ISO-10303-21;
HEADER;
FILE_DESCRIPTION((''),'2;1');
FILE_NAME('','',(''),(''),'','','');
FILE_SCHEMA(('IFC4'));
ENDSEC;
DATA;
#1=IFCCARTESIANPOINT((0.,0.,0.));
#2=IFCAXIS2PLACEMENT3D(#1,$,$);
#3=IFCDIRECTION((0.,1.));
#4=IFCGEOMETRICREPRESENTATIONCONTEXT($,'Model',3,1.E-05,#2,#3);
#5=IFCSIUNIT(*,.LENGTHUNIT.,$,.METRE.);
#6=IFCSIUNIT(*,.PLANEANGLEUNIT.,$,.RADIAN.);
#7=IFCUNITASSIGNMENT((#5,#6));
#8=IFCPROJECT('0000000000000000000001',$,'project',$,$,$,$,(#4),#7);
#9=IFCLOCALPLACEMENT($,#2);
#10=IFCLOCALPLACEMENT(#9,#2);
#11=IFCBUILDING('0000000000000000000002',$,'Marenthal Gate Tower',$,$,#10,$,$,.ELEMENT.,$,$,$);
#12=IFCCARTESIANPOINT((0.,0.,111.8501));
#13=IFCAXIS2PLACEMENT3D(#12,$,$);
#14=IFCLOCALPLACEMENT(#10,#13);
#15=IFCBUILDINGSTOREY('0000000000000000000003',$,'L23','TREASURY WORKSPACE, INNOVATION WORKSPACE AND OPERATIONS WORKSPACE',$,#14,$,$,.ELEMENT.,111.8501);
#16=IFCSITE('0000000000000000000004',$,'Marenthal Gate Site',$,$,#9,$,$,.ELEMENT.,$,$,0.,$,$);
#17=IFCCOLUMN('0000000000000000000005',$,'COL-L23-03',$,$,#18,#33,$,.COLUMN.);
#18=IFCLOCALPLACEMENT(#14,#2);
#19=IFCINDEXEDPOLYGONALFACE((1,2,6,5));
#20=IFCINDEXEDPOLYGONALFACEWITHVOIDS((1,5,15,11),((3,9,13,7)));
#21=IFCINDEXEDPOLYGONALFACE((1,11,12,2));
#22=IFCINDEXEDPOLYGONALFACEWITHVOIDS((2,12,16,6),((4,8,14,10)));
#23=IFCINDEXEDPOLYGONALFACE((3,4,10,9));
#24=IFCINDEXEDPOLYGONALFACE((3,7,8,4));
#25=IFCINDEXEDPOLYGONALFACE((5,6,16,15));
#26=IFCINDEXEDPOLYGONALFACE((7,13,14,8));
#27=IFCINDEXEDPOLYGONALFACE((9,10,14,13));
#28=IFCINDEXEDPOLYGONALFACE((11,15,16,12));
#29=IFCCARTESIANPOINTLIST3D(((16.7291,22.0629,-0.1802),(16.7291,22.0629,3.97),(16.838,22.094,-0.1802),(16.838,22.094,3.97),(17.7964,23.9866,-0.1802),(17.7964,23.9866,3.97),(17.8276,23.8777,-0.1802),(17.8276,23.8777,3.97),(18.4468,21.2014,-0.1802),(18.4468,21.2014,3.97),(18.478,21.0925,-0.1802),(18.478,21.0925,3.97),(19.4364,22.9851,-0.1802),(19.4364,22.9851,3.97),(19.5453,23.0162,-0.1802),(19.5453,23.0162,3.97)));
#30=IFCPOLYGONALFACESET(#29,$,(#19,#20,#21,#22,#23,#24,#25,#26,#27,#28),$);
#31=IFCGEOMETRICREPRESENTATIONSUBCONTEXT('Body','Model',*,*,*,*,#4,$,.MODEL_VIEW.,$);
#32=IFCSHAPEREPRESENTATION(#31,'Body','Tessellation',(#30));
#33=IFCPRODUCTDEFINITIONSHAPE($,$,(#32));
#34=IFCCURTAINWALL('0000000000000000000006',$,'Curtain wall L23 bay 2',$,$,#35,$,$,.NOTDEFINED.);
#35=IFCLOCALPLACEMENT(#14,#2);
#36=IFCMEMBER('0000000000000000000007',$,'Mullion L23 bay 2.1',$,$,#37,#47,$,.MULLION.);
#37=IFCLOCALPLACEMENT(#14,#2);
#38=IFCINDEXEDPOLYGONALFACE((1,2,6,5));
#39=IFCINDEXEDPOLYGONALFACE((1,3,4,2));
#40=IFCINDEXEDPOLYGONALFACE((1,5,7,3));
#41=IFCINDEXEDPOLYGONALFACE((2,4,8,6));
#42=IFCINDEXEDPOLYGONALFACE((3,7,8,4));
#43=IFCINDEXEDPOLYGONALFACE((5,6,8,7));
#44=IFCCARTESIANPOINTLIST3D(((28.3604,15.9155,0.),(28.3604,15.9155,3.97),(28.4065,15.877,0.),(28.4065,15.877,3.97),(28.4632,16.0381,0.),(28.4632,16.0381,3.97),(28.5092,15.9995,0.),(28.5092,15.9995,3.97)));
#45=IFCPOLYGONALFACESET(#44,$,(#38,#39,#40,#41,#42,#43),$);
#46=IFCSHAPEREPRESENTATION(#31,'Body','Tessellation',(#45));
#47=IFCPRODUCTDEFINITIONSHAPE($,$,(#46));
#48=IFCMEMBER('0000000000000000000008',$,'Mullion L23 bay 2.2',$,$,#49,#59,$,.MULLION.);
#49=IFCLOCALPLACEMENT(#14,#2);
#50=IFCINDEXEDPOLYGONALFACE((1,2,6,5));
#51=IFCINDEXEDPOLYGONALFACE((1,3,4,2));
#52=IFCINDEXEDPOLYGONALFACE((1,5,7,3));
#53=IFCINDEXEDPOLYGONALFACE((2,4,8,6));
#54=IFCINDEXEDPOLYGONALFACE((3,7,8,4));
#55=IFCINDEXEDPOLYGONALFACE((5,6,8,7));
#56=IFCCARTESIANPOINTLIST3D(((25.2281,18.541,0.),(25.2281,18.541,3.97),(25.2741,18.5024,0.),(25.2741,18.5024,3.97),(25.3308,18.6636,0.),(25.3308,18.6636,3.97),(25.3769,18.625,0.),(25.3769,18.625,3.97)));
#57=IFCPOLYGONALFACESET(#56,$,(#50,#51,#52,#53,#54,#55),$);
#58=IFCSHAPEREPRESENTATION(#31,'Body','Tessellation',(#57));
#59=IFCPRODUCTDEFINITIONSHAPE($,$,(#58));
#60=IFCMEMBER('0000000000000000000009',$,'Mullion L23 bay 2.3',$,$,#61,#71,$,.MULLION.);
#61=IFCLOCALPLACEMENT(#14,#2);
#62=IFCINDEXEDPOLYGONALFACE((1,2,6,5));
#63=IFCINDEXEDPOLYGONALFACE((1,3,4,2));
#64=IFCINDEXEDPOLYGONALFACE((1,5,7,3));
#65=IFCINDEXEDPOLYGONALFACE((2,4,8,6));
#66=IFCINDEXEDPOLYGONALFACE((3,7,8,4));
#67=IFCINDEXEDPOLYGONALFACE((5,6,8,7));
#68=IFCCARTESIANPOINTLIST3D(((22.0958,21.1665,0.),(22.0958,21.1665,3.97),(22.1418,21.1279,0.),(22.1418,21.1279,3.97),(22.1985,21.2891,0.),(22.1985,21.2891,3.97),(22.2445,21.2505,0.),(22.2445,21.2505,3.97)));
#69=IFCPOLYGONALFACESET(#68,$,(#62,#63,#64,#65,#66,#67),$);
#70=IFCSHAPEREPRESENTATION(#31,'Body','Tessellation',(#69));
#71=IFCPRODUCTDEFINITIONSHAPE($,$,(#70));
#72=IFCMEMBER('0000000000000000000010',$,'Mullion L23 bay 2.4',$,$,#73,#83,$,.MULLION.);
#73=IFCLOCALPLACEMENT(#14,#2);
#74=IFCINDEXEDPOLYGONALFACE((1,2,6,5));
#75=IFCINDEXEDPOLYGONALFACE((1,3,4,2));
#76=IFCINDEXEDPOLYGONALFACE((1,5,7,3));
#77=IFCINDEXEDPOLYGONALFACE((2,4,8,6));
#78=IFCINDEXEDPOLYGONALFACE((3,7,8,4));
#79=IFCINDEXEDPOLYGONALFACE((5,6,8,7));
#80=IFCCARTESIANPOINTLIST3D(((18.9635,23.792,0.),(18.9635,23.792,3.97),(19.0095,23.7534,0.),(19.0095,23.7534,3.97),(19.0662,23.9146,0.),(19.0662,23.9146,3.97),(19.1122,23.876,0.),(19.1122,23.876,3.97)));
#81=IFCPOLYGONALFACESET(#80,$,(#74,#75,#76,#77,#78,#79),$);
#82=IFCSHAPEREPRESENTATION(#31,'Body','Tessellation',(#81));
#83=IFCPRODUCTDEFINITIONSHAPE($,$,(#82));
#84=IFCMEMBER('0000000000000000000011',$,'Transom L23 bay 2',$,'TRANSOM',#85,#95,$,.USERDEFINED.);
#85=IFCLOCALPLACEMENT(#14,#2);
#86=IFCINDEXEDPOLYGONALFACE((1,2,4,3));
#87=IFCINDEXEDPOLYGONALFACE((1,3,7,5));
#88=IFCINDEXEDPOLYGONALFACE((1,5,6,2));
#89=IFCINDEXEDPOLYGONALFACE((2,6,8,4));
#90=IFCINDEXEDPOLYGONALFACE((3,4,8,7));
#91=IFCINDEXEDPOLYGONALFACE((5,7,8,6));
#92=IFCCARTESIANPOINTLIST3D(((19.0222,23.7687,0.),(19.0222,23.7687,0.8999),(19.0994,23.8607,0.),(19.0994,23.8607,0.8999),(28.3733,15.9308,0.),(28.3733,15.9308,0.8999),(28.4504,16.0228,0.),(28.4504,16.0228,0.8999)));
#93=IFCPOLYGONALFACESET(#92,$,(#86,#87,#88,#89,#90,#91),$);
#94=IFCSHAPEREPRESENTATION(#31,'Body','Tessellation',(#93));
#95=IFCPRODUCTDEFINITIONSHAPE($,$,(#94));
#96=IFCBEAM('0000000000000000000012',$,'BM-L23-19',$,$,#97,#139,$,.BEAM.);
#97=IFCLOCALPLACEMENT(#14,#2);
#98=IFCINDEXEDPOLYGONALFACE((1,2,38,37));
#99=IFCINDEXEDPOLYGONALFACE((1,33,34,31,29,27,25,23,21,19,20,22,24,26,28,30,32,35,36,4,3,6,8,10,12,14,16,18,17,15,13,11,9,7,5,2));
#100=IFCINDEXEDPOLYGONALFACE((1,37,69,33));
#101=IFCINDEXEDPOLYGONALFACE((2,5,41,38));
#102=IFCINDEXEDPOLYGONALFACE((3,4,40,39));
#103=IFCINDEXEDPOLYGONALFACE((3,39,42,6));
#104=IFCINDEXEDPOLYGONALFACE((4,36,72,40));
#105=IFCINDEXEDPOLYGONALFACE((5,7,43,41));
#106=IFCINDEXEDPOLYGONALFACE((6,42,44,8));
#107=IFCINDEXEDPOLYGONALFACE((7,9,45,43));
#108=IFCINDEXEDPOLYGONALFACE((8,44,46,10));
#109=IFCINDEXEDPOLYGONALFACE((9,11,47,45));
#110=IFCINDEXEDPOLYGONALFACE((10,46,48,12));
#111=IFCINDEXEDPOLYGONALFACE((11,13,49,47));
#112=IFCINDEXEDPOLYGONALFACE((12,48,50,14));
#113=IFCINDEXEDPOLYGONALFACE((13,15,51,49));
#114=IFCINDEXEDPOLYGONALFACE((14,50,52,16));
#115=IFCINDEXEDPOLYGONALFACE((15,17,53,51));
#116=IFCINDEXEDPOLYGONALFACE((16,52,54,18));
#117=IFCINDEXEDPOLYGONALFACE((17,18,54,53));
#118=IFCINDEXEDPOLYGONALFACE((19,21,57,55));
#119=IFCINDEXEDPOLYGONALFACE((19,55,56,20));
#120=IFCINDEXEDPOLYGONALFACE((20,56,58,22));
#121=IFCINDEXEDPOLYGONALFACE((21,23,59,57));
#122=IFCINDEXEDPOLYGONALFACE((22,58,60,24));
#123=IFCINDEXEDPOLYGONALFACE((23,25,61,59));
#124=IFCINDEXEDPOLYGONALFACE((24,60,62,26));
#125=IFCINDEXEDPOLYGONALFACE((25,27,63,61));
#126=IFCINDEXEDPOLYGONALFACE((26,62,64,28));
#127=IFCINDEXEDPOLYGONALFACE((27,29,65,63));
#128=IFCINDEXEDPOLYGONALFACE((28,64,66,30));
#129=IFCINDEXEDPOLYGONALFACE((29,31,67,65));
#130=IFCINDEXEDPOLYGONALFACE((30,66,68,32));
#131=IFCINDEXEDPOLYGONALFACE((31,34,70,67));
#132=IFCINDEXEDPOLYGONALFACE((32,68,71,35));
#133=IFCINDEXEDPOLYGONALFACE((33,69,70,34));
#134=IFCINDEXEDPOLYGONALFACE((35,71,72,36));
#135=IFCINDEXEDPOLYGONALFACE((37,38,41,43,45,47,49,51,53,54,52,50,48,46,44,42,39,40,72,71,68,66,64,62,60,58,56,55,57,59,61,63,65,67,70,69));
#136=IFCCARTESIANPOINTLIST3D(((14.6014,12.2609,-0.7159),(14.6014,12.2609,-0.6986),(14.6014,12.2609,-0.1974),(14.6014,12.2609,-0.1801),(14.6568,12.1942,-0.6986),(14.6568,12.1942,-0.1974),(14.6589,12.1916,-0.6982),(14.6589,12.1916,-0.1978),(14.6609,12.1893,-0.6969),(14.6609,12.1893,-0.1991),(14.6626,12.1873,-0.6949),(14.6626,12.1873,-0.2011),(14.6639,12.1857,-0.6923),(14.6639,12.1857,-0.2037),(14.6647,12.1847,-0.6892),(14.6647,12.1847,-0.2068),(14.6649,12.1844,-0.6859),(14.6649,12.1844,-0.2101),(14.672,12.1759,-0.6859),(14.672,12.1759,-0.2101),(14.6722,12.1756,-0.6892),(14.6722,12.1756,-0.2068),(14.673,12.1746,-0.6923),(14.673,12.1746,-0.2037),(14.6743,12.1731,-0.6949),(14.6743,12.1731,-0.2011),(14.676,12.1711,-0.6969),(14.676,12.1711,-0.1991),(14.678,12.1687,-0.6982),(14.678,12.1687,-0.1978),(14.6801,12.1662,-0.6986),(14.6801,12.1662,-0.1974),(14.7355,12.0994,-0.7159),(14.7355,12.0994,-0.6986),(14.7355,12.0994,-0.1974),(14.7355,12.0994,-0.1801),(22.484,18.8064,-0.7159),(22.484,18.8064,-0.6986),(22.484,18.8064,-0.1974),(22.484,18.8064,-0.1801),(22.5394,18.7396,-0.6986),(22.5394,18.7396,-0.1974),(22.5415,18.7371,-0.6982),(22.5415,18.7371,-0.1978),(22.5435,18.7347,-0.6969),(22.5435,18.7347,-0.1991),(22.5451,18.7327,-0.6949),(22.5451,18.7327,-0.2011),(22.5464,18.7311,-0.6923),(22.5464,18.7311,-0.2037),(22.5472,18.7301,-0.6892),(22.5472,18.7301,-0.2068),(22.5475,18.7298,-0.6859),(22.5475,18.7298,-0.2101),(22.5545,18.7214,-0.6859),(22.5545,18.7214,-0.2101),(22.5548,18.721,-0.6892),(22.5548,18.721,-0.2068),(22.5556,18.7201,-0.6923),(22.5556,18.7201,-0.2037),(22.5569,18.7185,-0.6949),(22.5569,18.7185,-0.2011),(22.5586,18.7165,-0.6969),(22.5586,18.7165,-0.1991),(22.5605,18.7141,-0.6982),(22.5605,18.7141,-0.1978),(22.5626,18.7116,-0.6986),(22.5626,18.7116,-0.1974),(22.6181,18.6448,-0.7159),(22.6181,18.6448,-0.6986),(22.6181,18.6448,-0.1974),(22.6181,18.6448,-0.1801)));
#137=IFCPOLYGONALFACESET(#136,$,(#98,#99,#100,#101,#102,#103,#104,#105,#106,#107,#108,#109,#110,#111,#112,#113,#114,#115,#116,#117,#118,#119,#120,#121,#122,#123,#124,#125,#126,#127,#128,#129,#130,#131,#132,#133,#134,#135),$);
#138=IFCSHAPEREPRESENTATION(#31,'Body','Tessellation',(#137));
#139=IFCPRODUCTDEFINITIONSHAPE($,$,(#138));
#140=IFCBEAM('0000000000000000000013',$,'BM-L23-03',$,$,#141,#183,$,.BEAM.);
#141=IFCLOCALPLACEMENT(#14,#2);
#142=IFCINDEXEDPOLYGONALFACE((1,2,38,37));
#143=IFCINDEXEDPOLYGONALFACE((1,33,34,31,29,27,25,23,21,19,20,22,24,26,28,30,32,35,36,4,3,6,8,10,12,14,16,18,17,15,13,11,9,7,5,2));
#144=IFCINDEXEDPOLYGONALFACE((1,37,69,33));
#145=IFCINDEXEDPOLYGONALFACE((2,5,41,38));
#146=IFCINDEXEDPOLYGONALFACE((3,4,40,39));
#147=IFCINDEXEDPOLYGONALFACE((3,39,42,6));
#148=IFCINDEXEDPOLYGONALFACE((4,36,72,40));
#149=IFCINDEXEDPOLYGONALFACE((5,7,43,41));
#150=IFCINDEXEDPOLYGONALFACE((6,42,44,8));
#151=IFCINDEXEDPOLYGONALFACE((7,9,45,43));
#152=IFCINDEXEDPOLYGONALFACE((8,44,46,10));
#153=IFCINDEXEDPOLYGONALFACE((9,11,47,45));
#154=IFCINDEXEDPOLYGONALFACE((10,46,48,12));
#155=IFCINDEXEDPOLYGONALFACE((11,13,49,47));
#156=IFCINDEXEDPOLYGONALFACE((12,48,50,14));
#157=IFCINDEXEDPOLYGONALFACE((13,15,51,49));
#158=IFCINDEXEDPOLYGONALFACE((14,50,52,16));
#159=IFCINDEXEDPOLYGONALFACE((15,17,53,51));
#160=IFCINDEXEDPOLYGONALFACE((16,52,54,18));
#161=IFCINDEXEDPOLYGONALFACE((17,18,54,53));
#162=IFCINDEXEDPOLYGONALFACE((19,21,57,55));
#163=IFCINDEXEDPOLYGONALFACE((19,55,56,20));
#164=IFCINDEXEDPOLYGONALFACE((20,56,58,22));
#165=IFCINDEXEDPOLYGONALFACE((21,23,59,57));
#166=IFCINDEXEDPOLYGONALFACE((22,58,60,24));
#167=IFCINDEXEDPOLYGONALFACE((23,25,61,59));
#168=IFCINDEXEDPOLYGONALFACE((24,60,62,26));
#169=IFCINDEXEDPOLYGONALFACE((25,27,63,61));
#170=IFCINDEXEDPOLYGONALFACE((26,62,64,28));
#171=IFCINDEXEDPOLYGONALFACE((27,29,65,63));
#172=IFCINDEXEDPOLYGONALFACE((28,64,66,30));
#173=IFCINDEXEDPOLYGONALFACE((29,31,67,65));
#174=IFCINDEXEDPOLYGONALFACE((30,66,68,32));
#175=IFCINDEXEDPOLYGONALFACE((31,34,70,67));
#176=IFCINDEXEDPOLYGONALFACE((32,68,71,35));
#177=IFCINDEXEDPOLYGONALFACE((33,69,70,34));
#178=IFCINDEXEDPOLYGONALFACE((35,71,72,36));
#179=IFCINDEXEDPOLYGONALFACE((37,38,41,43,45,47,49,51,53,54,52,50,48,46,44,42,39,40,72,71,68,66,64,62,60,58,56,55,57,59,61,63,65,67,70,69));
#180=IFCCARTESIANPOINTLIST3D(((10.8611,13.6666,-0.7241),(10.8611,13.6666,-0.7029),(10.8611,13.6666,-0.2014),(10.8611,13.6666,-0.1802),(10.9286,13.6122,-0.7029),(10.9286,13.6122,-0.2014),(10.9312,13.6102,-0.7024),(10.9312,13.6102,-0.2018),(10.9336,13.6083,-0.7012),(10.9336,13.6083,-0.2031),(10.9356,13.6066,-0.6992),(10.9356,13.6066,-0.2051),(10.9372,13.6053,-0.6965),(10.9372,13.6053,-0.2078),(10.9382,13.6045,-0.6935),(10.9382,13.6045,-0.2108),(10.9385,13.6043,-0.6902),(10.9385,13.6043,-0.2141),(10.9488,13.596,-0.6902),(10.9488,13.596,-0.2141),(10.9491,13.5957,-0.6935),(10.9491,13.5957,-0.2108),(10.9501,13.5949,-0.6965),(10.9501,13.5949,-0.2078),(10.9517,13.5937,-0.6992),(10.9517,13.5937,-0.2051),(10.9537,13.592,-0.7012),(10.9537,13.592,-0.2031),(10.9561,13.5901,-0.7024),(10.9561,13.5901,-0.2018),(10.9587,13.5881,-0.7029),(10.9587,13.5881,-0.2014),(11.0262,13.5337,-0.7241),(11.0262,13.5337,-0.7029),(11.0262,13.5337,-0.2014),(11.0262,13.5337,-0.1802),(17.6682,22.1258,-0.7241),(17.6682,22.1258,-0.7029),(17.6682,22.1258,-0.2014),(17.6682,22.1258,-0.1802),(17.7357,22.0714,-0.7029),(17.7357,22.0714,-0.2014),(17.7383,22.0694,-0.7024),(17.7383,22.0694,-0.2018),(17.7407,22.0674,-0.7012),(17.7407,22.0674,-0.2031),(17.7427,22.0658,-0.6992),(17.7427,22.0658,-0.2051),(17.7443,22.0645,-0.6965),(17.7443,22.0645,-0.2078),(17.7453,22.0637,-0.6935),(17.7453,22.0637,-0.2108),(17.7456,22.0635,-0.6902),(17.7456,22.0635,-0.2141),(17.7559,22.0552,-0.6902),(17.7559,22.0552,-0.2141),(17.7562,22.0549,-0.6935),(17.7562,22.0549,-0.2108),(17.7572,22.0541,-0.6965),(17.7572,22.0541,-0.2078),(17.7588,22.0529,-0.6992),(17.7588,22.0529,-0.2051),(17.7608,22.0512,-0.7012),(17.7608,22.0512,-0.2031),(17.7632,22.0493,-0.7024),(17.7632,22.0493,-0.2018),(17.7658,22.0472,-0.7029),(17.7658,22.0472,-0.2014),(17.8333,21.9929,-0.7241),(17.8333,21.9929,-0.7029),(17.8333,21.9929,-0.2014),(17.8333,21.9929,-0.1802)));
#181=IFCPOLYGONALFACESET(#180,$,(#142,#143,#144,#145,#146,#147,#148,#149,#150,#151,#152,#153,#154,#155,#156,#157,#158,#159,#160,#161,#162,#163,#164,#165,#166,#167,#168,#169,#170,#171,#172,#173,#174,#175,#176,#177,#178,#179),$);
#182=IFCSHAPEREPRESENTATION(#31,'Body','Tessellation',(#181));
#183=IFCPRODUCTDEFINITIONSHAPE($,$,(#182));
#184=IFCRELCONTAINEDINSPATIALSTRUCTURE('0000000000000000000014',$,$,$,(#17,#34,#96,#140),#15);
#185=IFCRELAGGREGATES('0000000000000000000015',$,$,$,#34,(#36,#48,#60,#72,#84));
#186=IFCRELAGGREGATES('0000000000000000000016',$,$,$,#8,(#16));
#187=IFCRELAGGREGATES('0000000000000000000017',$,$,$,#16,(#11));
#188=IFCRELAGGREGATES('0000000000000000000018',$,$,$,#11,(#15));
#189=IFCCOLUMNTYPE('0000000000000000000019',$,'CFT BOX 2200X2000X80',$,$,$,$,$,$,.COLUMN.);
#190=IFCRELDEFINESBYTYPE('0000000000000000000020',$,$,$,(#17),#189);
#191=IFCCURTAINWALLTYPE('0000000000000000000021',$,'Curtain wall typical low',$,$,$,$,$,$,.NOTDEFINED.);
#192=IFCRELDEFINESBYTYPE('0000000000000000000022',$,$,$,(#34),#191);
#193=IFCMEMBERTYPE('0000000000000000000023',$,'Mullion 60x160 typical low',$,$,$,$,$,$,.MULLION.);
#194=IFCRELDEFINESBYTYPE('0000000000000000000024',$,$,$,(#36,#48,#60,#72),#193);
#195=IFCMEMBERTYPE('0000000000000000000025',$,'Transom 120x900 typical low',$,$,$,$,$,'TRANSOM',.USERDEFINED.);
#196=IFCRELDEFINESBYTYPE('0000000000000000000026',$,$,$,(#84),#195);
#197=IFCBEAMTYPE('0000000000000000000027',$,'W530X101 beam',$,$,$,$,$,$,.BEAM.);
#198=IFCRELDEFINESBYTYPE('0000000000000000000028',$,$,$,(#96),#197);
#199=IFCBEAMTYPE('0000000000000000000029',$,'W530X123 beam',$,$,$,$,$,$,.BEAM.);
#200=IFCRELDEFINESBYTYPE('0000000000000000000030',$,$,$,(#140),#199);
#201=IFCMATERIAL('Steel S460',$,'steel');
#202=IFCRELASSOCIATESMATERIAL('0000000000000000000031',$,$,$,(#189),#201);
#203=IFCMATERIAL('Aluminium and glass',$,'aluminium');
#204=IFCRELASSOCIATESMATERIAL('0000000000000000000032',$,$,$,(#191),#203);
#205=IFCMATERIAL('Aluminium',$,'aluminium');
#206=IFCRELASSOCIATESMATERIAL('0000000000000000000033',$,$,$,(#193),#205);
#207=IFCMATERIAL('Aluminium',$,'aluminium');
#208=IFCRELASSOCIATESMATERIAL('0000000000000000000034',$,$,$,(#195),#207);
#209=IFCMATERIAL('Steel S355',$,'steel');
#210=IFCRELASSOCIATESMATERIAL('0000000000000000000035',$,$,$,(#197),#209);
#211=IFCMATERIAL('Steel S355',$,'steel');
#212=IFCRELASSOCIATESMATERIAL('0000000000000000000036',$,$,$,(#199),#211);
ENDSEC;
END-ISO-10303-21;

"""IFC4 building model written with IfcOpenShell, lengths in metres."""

from ifc_helpers import new_model, si_unit, direction, frame, origin, origin_2d, place, context, subcontext, project, spatial, rectangle, hollow_rectangle, i_section, extrude, material, material_profile, profile_set, type_object, element, aggregate, save


model = new_model("IFC4")

# Units and contexts
model_context = context("Model", 3, precision=1e-05, world=origin(), true_north=direction((0.0, 1.0)))
body_context = subcontext(model_context, "Body", "Model", "MODEL_VIEW")
ifc_project = project(units=[si_unit("LENGTHUNIT", "METRE"), si_unit("PLANEANGLEUNIT", "RADIAN")], contexts=[model_context])

# Site, building, storey
site_placement = place(None, origin())
site = spatial("IfcSite", under=ifc_project, at=site_placement, Name="Marenthal Gate Site", CompositionType="ELEMENT", RefElevation=0.0)
building_placement = place(site_placement, origin())
building = spatial("IfcBuilding", under=site, at=building_placement, Name="Marenthal Gate Tower", CompositionType="ELEMENT")
storey_placement = place(building_placement, frame((0.0, 0.0, 111.8501)))
storey = spatial("IfcBuildingStorey", under=building, at=storey_placement, Name="L23", Description="TREASURY WORKSPACE, INNOVATION WORKSPACE AND OPERATIONS WORKSPACE", CompositionType="ELEMENT", Elevation=111.8501)

# Column
ifc_material_1 = material(Name="Steel S460", Category="steel")
ifc_material_profile_1 = material_profile(ifc_material_1, hollow_rectangle(XDim=2.0, YDim=2.2, WallThickness=0.0801, at=origin_2d()), Name="CFT BOX 2200X2000X80")
ifc_material_2 = material(Name="Concrete 70 MPa", Category="concrete")
ifc_material_profile_2 = material_profile(ifc_material_2, rectangle(XDim=1.8401, YDim=2.04, at=origin_2d()), Name="CFT BOX 2200X2000X80 INFILL")
ifc_profile_set_1 = profile_set([ifc_material_profile_1, ifc_material_profile_2], Name="Steel S460 shell, Concrete 70 MPa infill")
column_type = type_object("IfcColumnType", Name="CFT BOX 2200X2000X80", PredefinedType="COLUMN", material=ifc_profile_set_1)
column_placement = place(storey_placement, frame((18.1372, 22.5396, -0.1802), z_axis=(0.0, 0.0, 1.0), x_axis=(0.874427, -0.485158, 0.0)))
element("IfcColumn", 1, at=column_placement, inside=storey, type_object=column_type, Name="COL-L23-03", PredefinedType="COLUMN", context=body_context, shape_type="SweptSolid", body=[
    extrude(hollow_rectangle(XDim=2.0, YDim=2.2, WallThickness=0.0801, at=origin_2d()), origin(), (0.0, 0.0, 1.0), 4.1501),
])

# Curtain wall, members
ifc_material_3 = material(Name="Aluminium and glass", Category="aluminium")
curtain_wall_type = type_object("IfcCurtainWallType", Name="Curtain wall typical low", PredefinedType="NOTDEFINED", material=ifc_material_3)
curtain_wall_placement = place(storey_placement, origin())
curtain_wall = element("IfcCurtainWall", 2, at=curtain_wall_placement, inside=storey, type_object=curtain_wall_type, Name="Curtain wall L23 bay 2", PredefinedType="NOTDEFINED")
ifc_material_4 = material(Name="Aluminium", Category="aluminium")
ifc_material_profile_3 = material_profile(ifc_material_4, rectangle(XDim=0.1599, YDim=0.0601, at=origin_2d()), Name="60x160 aluminium mullion")
ifc_profile_set_2 = profile_set([ifc_material_profile_3], Name="Aluminium")
member_type_1 = type_object("IfcMemberType", Name="Mullion 60x160 typical low", PredefinedType="MULLION", material=ifc_profile_set_2)
member_1_placement = place(storey_placement, frame((28.4348, 15.9575, 0.0), z_axis=(0.0, 0.0, 1.0), x_axis=(-0.642377, -0.766389, 0.0)))
member_1 = element("IfcMember", 3, at=member_1_placement, type_object=member_type_1, Name="Mullion L23 bay 2.1", PredefinedType="MULLION", context=body_context, shape_type="SweptSolid", body=[
    extrude(rectangle(XDim=0.1599, YDim=0.0601, at=origin_2d()), origin(), (0.0, 0.0, 1.0), 3.97),
])
member_2_placement = place(storey_placement, frame((25.3025, 18.583, 0.0), z_axis=(0.0, 0.0, 1.0), x_axis=(-0.642377, -0.766389, 0.0)))
member_2 = element("IfcMember", 4, at=member_2_placement, type_object=member_type_1, Name="Mullion L23 bay 2.2", PredefinedType="MULLION", context=body_context, shape_type="SweptSolid", body=[
    extrude(rectangle(XDim=0.1599, YDim=0.0601, at=origin_2d()), origin(), (0.0, 0.0, 1.0), 3.97),
])
member_3_placement = place(storey_placement, frame((22.1702, 21.2085, 0.0), z_axis=(0.0, 0.0, 1.0), x_axis=(-0.642377, -0.766389, 0.0)))
member_3 = element("IfcMember", 5, at=member_3_placement, type_object=member_type_1, Name="Mullion L23 bay 2.3", PredefinedType="MULLION", context=body_context, shape_type="SweptSolid", body=[
    extrude(rectangle(XDim=0.1599, YDim=0.0601, at=origin_2d()), origin(), (0.0, 0.0, 1.0), 3.97),
])
member_4_placement = place(storey_placement, frame((19.0378, 23.834, 0.0), z_axis=(0.0, 0.0, 1.0), x_axis=(-0.642377, -0.766389, 0.0)))
member_4 = element("IfcMember", 6, at=member_4_placement, type_object=member_type_1, Name="Mullion L23 bay 2.4", PredefinedType="MULLION", context=body_context, shape_type="SweptSolid", body=[
    extrude(rectangle(XDim=0.1599, YDim=0.0601, at=origin_2d()), origin(), (0.0, 0.0, 1.0), 3.97),
])
ifc_material_5 = material(Name="Aluminium", Category="aluminium")
ifc_material_profile_4 = material_profile(ifc_material_5, rectangle(XDim=0.1201, YDim=0.8999, at=origin_2d()), Name="120x900 aluminium transom")
ifc_profile_set_3 = profile_set([ifc_material_profile_4], Name="Aluminium")
member_type_2 = type_object("IfcMemberType", Name="Transom 120x900 typical low", ElementType="TRANSOM", PredefinedType="USERDEFINED", material=ifc_profile_set_3)
member_5_placement = place(storey_placement, frame((28.4119, 15.9768, 0.45), z_axis=(-0.766391, 0.642374, 0.0), x_axis=(-0.642374, -0.766391, 0.0)))
member_5 = element("IfcMember", 7, at=member_5_placement, type_object=member_type_2, Name="Transom L23 bay 2", ObjectType="TRANSOM", PredefinedType="USERDEFINED", context=body_context, shape_type="SweptSolid", body=[
    extrude(rectangle(XDim=0.1201, YDim=0.8999, at=origin_2d()), origin(), (0.0, 0.0, 1.0), 12.2014),
])

# Beams
ifc_material_6 = material(Name="Steel S355", Category="steel")
ifc_material_profile_5 = material_profile(ifc_material_6, i_section(OverallWidth=0.21, OverallDepth=0.5359, WebThickness=0.011, FlangeThickness=0.0173, FilletRadius=0.0127, at=origin_2d()), Name="W530X101")
ifc_profile_set_4 = profile_set([ifc_material_profile_5], Name="Steel S355")
beam_type_1 = type_object("IfcBeamType", Name="W530X101 beam", PredefinedType="BEAM", material=ifc_profile_set_4)
beam_1_placement = place(storey_placement, frame((22.551, 18.7256, -0.448), z_axis=(-0.769343, -0.638836, 0.0), x_axis=(0.638836, -0.769343, 0.0)))
element("IfcBeam", 8, at=beam_1_placement, inside=storey, type_object=beam_type_1, Name="BM-L23-19", PredefinedType="BEAM", context=body_context, shape_type="SweptSolid", body=[
    extrude(i_section(OverallWidth=0.21, OverallDepth=0.5359, WebThickness=0.011, FlangeThickness=0.0173, FilletRadius=0.0127, at=origin_2d()), origin(), (0.0, 0.0, 1.0), 10.2458),
])
ifc_material_7 = material(Name="Steel S355", Category="steel")
ifc_material_profile_6 = material_profile(ifc_material_7, i_section(OverallWidth=0.2119, OverallDepth=0.5439, WebThickness=0.0132, FlangeThickness=0.0212, FilletRadius=0.0127, at=origin_2d()), Name="W530X123")
ifc_profile_set_5 = profile_set([ifc_material_profile_6], Name="Steel S355")
beam_type_2 = type_object("IfcBeamType", Name="W530X123 beam", PredefinedType="BEAM", material=ifc_profile_set_5)
beam_2_placement = place(storey_placement, frame((17.7507, 22.0593, -0.4521), z_axis=(-0.626925, -0.77908, 0.0), x_axis=(0.77908, -0.626925, 0.0)))
element("IfcBeam", 9, at=beam_2_placement, inside=storey, type_object=beam_type_2, Name="BM-L23-03", PredefinedType="BEAM", context=body_context, shape_type="SweptSolid", body=[
    extrude(i_section(OverallWidth=0.2119, OverallDepth=0.5439, WebThickness=0.0132, FlangeThickness=0.0212, FilletRadius=0.0127, at=origin_2d()), origin(), (0.0, 0.0, 1.0), 10.8579),
])

aggregate(curtain_wall, [member_1, member_2, member_3, member_4, member_5])

save(model, "model.ifc")
